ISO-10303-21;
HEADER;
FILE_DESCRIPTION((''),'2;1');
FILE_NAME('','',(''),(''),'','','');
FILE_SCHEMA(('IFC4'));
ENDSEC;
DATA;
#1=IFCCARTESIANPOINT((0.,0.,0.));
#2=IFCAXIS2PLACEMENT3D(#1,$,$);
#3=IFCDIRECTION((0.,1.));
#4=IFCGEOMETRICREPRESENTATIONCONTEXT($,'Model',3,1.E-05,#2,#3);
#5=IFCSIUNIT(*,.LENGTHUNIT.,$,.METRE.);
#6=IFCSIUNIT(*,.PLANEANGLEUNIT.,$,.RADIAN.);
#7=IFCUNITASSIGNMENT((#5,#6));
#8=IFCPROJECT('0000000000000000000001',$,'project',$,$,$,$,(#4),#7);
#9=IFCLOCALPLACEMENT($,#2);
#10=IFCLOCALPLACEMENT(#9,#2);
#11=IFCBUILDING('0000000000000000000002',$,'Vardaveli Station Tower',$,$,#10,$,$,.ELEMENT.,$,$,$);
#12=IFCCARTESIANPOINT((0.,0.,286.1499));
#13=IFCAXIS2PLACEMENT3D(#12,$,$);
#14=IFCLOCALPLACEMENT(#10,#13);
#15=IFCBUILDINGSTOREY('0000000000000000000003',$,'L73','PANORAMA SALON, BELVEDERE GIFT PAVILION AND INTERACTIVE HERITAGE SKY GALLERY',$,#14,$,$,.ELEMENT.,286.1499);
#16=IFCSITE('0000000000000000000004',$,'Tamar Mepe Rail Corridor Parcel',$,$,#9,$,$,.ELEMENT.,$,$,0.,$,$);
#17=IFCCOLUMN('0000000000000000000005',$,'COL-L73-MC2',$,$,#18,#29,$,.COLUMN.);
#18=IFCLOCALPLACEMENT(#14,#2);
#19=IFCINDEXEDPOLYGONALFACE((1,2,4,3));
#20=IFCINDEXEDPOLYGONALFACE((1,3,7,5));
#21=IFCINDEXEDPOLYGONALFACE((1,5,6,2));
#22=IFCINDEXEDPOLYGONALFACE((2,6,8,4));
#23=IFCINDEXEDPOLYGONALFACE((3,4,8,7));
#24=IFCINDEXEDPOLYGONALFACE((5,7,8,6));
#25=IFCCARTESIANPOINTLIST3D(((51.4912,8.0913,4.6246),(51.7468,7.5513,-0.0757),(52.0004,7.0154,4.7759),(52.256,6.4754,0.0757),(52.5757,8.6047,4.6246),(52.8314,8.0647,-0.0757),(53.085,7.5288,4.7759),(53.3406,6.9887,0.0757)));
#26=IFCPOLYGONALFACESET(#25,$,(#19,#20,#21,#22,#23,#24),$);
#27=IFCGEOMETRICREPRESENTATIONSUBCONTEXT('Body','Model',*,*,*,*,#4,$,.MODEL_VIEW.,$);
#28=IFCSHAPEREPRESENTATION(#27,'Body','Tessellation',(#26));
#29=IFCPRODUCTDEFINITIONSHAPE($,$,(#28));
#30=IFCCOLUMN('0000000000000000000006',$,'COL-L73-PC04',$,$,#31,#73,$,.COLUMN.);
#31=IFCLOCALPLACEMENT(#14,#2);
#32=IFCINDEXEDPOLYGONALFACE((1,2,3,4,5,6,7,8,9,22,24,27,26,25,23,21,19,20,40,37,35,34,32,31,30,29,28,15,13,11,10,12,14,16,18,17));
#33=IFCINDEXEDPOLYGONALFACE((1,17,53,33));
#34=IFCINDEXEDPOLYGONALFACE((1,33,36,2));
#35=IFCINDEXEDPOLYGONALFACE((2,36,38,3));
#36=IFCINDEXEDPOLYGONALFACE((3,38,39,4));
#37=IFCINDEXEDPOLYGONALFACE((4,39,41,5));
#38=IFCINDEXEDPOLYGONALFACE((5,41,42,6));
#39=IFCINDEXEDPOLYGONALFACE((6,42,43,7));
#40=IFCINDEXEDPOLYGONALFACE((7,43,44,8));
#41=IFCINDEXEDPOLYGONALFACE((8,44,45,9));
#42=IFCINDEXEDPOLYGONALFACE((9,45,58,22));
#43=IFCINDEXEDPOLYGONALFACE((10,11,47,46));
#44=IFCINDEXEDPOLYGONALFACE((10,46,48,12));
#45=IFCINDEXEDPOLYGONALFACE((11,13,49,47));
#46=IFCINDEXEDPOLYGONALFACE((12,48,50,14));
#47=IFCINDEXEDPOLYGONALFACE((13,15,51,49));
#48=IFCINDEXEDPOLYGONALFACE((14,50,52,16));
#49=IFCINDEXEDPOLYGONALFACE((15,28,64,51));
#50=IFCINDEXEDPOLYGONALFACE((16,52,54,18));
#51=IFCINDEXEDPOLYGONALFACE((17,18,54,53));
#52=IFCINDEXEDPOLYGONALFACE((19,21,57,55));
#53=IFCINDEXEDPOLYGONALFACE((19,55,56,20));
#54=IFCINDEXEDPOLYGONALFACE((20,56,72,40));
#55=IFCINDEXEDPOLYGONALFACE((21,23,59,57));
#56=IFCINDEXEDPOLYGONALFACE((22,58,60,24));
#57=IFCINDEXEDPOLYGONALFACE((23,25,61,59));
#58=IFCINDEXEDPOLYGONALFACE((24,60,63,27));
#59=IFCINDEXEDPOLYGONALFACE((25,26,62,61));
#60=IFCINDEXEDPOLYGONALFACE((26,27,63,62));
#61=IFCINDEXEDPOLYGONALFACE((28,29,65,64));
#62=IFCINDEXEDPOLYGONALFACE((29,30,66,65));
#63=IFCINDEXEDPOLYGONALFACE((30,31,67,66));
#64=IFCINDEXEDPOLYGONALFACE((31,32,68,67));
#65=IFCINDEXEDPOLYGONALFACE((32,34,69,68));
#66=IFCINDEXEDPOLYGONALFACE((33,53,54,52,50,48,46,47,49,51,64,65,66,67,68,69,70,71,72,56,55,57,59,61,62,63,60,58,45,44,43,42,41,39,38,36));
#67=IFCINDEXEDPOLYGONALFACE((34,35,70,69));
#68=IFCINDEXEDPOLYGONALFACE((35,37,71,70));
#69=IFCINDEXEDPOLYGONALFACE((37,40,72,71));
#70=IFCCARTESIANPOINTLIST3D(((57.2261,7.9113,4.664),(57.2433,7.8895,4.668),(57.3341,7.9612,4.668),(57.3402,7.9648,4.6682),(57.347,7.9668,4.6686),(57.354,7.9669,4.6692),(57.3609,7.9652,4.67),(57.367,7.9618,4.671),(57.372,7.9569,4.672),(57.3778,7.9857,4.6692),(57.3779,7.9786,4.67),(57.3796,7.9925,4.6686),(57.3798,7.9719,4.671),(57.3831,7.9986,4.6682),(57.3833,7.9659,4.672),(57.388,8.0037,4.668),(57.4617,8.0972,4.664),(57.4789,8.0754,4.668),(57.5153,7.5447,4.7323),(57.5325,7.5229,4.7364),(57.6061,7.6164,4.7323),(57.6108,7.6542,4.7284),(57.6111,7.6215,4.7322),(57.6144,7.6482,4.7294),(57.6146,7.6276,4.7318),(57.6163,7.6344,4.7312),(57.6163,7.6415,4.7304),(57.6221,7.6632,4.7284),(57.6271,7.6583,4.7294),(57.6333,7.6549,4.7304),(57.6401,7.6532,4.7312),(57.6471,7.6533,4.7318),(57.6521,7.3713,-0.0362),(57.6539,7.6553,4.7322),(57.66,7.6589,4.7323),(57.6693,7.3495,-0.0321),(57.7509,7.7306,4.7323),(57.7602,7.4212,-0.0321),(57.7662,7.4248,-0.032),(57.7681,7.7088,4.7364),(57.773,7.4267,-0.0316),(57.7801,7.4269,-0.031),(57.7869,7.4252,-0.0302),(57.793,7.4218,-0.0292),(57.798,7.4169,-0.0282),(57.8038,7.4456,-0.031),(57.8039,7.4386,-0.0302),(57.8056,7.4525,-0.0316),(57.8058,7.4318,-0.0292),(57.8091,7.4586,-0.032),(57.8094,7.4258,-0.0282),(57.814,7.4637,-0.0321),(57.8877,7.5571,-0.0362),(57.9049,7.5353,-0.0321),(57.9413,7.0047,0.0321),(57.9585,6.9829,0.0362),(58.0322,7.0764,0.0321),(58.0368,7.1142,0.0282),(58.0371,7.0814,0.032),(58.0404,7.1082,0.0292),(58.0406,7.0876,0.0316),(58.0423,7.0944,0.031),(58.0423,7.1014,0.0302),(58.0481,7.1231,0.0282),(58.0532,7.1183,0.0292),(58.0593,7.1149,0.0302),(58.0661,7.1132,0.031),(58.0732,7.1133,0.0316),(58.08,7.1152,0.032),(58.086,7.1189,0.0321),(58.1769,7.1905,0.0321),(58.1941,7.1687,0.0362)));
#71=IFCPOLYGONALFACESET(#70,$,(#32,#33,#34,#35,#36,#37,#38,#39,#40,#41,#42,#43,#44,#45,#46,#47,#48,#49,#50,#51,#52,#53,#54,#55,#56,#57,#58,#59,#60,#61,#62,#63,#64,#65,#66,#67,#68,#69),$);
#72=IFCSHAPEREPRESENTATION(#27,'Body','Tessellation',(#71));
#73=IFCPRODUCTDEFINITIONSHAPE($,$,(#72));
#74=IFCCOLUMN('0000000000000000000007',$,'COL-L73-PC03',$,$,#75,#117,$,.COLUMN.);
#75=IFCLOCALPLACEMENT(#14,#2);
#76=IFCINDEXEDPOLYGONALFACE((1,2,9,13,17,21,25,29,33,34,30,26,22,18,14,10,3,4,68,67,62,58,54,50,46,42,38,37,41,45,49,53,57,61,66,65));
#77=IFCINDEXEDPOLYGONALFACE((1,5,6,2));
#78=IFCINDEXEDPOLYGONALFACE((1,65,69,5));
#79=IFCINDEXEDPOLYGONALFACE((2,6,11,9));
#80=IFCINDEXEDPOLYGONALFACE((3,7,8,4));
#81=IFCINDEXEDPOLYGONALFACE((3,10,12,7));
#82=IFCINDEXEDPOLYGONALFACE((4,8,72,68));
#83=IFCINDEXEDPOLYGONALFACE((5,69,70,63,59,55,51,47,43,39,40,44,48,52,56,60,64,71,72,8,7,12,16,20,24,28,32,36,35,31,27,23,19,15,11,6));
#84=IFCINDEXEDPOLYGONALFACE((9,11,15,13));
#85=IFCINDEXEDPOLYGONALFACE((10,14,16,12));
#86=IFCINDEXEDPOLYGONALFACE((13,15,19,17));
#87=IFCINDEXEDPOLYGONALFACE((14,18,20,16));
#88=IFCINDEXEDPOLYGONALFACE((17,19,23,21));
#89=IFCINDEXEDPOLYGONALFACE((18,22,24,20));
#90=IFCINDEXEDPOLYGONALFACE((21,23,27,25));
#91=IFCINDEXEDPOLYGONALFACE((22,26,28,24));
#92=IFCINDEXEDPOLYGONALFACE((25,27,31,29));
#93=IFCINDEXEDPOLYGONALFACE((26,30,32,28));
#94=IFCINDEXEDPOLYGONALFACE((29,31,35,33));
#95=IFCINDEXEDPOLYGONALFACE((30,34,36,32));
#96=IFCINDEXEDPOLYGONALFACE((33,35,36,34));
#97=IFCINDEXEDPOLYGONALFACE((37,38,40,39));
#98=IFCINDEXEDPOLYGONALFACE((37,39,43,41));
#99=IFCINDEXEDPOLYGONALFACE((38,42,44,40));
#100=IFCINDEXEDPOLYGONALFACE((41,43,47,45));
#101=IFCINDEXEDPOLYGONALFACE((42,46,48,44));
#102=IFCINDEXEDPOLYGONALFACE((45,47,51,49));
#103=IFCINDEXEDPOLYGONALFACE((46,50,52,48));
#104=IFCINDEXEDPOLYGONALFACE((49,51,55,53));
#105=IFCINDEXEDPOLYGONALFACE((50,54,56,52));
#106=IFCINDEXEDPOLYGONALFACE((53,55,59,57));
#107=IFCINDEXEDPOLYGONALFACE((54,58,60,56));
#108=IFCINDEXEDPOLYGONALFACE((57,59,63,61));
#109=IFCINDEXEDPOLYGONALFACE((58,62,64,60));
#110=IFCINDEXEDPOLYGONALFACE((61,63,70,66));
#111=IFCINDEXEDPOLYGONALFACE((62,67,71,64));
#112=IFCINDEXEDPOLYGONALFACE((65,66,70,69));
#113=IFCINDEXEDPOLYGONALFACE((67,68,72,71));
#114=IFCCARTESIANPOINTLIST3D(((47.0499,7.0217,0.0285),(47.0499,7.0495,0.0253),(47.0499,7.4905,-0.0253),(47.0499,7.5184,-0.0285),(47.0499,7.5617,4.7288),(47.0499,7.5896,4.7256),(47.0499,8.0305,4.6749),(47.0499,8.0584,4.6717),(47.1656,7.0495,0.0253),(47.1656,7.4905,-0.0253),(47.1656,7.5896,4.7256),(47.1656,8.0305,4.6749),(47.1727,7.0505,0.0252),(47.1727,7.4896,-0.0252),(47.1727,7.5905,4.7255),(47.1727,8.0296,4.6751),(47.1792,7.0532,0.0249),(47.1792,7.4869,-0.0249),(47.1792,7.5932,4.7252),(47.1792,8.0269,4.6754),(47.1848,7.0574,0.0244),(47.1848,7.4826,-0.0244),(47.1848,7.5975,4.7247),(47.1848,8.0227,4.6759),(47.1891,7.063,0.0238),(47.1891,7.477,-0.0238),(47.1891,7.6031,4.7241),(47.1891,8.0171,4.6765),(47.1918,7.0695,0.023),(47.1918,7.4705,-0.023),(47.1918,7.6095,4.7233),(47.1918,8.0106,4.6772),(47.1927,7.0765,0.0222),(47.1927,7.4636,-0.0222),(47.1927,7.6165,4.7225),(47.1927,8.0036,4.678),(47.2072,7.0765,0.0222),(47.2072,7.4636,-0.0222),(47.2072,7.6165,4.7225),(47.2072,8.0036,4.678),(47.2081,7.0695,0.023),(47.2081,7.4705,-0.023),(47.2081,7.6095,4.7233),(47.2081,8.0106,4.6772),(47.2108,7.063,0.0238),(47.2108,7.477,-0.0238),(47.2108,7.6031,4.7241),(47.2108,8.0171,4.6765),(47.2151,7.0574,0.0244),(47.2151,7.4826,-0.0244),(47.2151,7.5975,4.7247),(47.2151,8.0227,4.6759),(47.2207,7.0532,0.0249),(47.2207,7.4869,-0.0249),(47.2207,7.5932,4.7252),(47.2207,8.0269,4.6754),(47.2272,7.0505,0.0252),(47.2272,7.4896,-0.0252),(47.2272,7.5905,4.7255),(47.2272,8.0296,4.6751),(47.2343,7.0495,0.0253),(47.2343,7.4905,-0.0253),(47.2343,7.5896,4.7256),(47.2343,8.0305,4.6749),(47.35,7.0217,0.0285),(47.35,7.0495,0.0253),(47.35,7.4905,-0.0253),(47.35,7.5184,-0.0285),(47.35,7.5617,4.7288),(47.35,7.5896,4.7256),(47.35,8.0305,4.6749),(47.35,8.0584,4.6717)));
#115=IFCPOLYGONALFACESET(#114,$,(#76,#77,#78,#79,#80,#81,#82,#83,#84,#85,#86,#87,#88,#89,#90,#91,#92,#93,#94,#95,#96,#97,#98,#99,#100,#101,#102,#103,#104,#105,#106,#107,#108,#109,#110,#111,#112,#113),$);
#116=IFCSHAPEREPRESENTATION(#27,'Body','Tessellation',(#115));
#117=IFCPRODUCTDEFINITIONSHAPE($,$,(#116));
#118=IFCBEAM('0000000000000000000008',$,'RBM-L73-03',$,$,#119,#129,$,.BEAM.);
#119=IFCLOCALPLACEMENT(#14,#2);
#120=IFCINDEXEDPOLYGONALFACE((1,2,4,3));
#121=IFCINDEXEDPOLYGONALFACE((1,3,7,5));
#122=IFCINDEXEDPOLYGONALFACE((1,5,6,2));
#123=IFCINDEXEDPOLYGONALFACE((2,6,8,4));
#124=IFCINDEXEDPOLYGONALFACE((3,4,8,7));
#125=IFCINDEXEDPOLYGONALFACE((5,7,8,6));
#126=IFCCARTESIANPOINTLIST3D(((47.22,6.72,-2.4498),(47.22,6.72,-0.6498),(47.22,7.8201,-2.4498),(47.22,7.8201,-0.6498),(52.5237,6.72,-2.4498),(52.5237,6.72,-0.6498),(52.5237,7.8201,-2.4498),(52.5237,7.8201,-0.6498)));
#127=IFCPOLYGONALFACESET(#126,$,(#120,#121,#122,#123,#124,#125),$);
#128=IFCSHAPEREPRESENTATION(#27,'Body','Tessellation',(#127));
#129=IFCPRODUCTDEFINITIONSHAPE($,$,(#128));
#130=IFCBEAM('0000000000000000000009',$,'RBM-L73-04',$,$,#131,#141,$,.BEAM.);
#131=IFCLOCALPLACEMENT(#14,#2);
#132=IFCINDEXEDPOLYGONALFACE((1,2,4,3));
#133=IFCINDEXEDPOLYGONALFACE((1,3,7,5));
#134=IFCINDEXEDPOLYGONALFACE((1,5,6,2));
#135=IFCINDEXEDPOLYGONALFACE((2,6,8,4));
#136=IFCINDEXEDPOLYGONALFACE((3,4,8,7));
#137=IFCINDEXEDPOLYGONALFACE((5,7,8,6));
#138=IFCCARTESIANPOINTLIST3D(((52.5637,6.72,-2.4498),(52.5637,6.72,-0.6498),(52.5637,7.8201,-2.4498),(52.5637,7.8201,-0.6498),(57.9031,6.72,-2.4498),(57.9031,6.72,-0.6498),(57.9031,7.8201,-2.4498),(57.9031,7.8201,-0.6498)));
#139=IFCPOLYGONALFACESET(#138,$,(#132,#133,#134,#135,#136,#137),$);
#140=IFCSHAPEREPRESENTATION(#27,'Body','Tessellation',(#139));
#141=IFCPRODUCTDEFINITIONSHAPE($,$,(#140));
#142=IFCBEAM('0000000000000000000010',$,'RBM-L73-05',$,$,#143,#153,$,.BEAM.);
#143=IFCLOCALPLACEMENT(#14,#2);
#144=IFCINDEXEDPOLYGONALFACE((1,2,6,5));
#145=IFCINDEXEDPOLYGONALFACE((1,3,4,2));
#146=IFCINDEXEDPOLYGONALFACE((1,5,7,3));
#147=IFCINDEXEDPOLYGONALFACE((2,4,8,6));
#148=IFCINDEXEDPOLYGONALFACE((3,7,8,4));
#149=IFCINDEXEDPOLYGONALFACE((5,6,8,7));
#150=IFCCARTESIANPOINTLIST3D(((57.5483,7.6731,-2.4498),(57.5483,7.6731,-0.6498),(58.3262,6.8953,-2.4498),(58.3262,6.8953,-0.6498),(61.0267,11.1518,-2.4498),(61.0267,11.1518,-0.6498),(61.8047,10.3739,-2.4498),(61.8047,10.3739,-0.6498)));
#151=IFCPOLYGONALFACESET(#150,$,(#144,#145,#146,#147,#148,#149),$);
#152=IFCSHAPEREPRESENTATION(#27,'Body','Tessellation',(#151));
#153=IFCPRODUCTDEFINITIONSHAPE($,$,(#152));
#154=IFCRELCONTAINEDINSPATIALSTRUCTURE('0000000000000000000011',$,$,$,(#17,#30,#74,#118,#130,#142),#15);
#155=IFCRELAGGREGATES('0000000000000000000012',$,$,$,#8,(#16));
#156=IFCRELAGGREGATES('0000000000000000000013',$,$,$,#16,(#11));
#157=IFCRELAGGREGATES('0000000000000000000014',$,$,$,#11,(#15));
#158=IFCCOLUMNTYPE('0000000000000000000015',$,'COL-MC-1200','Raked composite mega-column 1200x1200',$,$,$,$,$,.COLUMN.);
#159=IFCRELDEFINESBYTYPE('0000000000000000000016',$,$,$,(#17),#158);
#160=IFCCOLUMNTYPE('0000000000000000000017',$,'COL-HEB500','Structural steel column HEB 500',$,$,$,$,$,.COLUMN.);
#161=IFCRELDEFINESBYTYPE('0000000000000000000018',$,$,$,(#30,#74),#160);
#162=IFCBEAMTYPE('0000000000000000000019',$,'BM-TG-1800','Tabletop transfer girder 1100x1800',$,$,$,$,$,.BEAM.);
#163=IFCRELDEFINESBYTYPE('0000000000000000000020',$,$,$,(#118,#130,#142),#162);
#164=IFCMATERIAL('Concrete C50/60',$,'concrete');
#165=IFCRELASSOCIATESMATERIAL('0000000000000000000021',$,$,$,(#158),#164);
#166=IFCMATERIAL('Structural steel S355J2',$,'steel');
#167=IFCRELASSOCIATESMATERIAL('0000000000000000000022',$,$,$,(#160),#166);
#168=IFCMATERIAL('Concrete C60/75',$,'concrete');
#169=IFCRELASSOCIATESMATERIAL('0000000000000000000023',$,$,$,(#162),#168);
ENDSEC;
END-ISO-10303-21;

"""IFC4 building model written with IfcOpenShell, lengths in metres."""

from ifc_helpers import new_model, si_unit, direction, frame, origin, origin_2d, place, context, subcontext, project, spatial, rectangle, i_section, extrude, source, transform, mapped, material, material_profile, profile_set, type_object, element, save


model = new_model("IFC4")

# Units and contexts
model_context = context("Model", 3, precision=1e-05, world=origin(), true_north=direction((0.0, 1.0)))
body_context = subcontext(model_context, "Body", "Model", "MODEL_VIEW")
ifc_project = project(units=[si_unit("LENGTHUNIT", "METRE"), si_unit("PLANEANGLEUNIT", "RADIAN")], contexts=[model_context])

# Site, building, storey
site_placement = place(None, origin())
site = spatial("IfcSite", under=ifc_project, at=site_placement, Name="Tamar Mepe Rail Corridor Parcel", CompositionType="ELEMENT", RefElevation=0.0)
building_placement = place(site_placement, origin())
building = spatial("IfcBuilding", under=site, at=building_placement, Name="Vardaveli Station Tower", CompositionType="ELEMENT")
storey_placement = place(building_placement, frame((0.0, 0.0, 286.1499)))
storey = spatial("IfcBuildingStorey", under=building, at=storey_placement, Name="L73", Description="PANORAMA SALON, BELVEDERE GIFT PAVILION AND INTERACTIVE HERITAGE SKY GALLERY", CompositionType="ELEMENT", Elevation=286.1499)

# Columns
ifc_material_1 = material(Name="Concrete C50/60", Category="concrete")
ifc_material_profile_1 = material_profile(ifc_material_1, rectangle(XDim=1.2, YDim=1.2, at=origin_2d()), Name="MC 1200x1200")
ifc_profile_set_1 = profile_set([ifc_material_profile_1], Name="Concrete C50/60")
column_type_1 = type_object("IfcColumnType", Name="COL-MC-1200", Description="Raked composite mega-column 1200x1200", PredefinedType="COLUMN", material=ifc_profile_set_1)
shared_shape_1 = source(origin(), body_context, "Body", "SweptSolid", [
    extrude(rectangle(XDim=1.2, YDim=1.2, at=origin_2d()), origin(), (0.0, 0.0, 1.0), 4.738),
])
column_1_placement = place(storey_placement, frame((52.5437, 7.27, 0.0), z_axis=(-0.05395, 0.11398, 0.992017), x_axis=(-0.903863, -0.427823, 0.0)))
element("IfcColumn", 1, at=column_1_placement, inside=storey, type_object=column_type_1, Name="COL-L73-MC2", PredefinedType="COLUMN", context=body_context, shape_type="MappedRepresentation", body=[
    mapped(shared_shape_1, transform((0.0, 0.0, 0.0), scale=1.0)),
])
ifc_material_2 = material(Name="Structural steel S355J2", Category="steel")
ifc_material_profile_2 = material_profile(ifc_material_2, i_section(OverallWidth=0.3, OverallDepth=0.5, WebThickness=0.0144, FlangeThickness=0.0281, FilletRadius=0.0271, at=origin_2d()), Name="HEB 500")
ifc_profile_set_2 = profile_set([ifc_material_profile_2], Name="Structural steel S355J2")
column_type_2 = type_object("IfcColumnType", Name="COL-HEB500", Description="Structural steel column HEB 500", PredefinedType="COLUMN", material=ifc_profile_set_2)
shared_shape_2 = source(origin(), body_context, "Body", "SweptSolid", [
    extrude(i_section(OverallWidth=0.3, OverallDepth=0.5, WebThickness=0.0144, FlangeThickness=0.0281, FilletRadius=0.0271, at=origin_2d()), origin(), (0.0, 0.0, 1.0), 4.7502),
])
column_2_placement = place(storey_placement, frame((57.9231, 7.27, 0.0), z_axis=(-0.089685, 0.113686, 0.989461), x_axis=(-0.78511, -0.619357, 0.0)))
element("IfcColumn", 2, at=column_2_placement, inside=storey, type_object=column_type_2, Name="COL-L73-PC04", PredefinedType="COLUMN", context=body_context, shape_type="MappedRepresentation", body=[
    mapped(shared_shape_2, transform((0.0, 0.0, 0.0), scale=1.0)),
])
shared_shape_3 = source(origin(), body_context, "Body", "SweptSolid", [
    extrude(i_section(OverallWidth=0.3, OverallDepth=0.5, WebThickness=0.0144, FlangeThickness=0.0281, FilletRadius=0.0271, at=origin_2d()), origin(), (0.0, 0.0, 1.0), 4.7312),
])
column_3_placement = place(storey_placement, frame((47.2, 7.27, 0.0), z_axis=(0.0, 0.114146, 0.993464), x_axis=(-1.0, 0.0, 0.0)))
element("IfcColumn", 3, at=column_3_placement, inside=storey, type_object=column_type_2, Name="COL-L73-PC03", PredefinedType="COLUMN", context=body_context, shape_type="MappedRepresentation", body=[
    mapped(shared_shape_3, transform((0.0, 0.0, 0.0), scale=1.0)),
])

# Beams
ifc_material_3 = material(Name="Concrete C60/75", Category="concrete")
ifc_material_profile_3 = material_profile(ifc_material_3, rectangle(XDim=1.1001, YDim=1.8, at=origin_2d()), Name="TG 1100x1800")
ifc_profile_set_3 = profile_set([ifc_material_profile_3], Name="Concrete C60/75")
beam_type_1 = type_object("IfcBeamType", Name="BM-TG-1800", Description="Tabletop transfer girder 1100x1800", PredefinedType="BEAM", material=ifc_profile_set_3)
shared_shape_4 = source(origin(), body_context, "Body", "SweptSolid", [
    extrude(rectangle(XDim=1.1001, YDim=1.8, at=origin_2d()), origin(), (0.0, 0.0, 1.0), 5.3037),
])
beam_1_placement = place(storey_placement, frame((47.22, 7.27, -1.5498), z_axis=(1.0, 0.0, 0.0), x_axis=(0.0, 1.0, 0.0)))
element("IfcBeam", 4, at=beam_1_placement, inside=storey, type_object=beam_type_1, Name="RBM-L73-03", PredefinedType="BEAM", context=body_context, shape_type="MappedRepresentation", body=[
    mapped(shared_shape_4, transform((0.0, 0.0, 0.0), scale=1.0)),
])
shared_shape_5 = source(origin(), body_context, "Body", "SweptSolid", [
    extrude(rectangle(XDim=1.1001, YDim=1.8, at=origin_2d()), origin(), (0.0, 0.0, 1.0), 5.3394),
])
beam_2_placement = place(storey_placement, frame((52.5637, 7.27, -1.5498), z_axis=(1.0, 0.0, 0.0), x_axis=(0.0, 1.0, 0.0)))
element("IfcBeam", 5, at=beam_2_placement, inside=storey, type_object=beam_type_1, Name="RBM-L73-04", PredefinedType="BEAM", context=body_context, shape_type="MappedRepresentation", body=[
    mapped(shared_shape_5, transform((0.0, 0.0, 0.0), scale=1.0)),
])
shared_shape_6 = source(origin(), body_context, "Body", "SweptSolid", [
    extrude(rectangle(XDim=1.1001, YDim=1.8, at=origin_2d()), origin(), (0.0, 0.0, 1.0), 4.9194),
])
beam_3_placement = place(storey_placement, frame((57.9373, 7.2842, -1.5498), z_axis=(0.707082, 0.707132, 0.0), x_axis=(-0.707132, 0.707082, 0.0)))
element("IfcBeam", 6, at=beam_3_placement, inside=storey, type_object=beam_type_1, Name="RBM-L73-05", PredefinedType="BEAM", context=body_context, shape_type="MappedRepresentation", body=[
    mapped(shared_shape_6, transform((0.0, 0.0, 0.0), scale=1.0)),
])

save(model, "model.ifc")
